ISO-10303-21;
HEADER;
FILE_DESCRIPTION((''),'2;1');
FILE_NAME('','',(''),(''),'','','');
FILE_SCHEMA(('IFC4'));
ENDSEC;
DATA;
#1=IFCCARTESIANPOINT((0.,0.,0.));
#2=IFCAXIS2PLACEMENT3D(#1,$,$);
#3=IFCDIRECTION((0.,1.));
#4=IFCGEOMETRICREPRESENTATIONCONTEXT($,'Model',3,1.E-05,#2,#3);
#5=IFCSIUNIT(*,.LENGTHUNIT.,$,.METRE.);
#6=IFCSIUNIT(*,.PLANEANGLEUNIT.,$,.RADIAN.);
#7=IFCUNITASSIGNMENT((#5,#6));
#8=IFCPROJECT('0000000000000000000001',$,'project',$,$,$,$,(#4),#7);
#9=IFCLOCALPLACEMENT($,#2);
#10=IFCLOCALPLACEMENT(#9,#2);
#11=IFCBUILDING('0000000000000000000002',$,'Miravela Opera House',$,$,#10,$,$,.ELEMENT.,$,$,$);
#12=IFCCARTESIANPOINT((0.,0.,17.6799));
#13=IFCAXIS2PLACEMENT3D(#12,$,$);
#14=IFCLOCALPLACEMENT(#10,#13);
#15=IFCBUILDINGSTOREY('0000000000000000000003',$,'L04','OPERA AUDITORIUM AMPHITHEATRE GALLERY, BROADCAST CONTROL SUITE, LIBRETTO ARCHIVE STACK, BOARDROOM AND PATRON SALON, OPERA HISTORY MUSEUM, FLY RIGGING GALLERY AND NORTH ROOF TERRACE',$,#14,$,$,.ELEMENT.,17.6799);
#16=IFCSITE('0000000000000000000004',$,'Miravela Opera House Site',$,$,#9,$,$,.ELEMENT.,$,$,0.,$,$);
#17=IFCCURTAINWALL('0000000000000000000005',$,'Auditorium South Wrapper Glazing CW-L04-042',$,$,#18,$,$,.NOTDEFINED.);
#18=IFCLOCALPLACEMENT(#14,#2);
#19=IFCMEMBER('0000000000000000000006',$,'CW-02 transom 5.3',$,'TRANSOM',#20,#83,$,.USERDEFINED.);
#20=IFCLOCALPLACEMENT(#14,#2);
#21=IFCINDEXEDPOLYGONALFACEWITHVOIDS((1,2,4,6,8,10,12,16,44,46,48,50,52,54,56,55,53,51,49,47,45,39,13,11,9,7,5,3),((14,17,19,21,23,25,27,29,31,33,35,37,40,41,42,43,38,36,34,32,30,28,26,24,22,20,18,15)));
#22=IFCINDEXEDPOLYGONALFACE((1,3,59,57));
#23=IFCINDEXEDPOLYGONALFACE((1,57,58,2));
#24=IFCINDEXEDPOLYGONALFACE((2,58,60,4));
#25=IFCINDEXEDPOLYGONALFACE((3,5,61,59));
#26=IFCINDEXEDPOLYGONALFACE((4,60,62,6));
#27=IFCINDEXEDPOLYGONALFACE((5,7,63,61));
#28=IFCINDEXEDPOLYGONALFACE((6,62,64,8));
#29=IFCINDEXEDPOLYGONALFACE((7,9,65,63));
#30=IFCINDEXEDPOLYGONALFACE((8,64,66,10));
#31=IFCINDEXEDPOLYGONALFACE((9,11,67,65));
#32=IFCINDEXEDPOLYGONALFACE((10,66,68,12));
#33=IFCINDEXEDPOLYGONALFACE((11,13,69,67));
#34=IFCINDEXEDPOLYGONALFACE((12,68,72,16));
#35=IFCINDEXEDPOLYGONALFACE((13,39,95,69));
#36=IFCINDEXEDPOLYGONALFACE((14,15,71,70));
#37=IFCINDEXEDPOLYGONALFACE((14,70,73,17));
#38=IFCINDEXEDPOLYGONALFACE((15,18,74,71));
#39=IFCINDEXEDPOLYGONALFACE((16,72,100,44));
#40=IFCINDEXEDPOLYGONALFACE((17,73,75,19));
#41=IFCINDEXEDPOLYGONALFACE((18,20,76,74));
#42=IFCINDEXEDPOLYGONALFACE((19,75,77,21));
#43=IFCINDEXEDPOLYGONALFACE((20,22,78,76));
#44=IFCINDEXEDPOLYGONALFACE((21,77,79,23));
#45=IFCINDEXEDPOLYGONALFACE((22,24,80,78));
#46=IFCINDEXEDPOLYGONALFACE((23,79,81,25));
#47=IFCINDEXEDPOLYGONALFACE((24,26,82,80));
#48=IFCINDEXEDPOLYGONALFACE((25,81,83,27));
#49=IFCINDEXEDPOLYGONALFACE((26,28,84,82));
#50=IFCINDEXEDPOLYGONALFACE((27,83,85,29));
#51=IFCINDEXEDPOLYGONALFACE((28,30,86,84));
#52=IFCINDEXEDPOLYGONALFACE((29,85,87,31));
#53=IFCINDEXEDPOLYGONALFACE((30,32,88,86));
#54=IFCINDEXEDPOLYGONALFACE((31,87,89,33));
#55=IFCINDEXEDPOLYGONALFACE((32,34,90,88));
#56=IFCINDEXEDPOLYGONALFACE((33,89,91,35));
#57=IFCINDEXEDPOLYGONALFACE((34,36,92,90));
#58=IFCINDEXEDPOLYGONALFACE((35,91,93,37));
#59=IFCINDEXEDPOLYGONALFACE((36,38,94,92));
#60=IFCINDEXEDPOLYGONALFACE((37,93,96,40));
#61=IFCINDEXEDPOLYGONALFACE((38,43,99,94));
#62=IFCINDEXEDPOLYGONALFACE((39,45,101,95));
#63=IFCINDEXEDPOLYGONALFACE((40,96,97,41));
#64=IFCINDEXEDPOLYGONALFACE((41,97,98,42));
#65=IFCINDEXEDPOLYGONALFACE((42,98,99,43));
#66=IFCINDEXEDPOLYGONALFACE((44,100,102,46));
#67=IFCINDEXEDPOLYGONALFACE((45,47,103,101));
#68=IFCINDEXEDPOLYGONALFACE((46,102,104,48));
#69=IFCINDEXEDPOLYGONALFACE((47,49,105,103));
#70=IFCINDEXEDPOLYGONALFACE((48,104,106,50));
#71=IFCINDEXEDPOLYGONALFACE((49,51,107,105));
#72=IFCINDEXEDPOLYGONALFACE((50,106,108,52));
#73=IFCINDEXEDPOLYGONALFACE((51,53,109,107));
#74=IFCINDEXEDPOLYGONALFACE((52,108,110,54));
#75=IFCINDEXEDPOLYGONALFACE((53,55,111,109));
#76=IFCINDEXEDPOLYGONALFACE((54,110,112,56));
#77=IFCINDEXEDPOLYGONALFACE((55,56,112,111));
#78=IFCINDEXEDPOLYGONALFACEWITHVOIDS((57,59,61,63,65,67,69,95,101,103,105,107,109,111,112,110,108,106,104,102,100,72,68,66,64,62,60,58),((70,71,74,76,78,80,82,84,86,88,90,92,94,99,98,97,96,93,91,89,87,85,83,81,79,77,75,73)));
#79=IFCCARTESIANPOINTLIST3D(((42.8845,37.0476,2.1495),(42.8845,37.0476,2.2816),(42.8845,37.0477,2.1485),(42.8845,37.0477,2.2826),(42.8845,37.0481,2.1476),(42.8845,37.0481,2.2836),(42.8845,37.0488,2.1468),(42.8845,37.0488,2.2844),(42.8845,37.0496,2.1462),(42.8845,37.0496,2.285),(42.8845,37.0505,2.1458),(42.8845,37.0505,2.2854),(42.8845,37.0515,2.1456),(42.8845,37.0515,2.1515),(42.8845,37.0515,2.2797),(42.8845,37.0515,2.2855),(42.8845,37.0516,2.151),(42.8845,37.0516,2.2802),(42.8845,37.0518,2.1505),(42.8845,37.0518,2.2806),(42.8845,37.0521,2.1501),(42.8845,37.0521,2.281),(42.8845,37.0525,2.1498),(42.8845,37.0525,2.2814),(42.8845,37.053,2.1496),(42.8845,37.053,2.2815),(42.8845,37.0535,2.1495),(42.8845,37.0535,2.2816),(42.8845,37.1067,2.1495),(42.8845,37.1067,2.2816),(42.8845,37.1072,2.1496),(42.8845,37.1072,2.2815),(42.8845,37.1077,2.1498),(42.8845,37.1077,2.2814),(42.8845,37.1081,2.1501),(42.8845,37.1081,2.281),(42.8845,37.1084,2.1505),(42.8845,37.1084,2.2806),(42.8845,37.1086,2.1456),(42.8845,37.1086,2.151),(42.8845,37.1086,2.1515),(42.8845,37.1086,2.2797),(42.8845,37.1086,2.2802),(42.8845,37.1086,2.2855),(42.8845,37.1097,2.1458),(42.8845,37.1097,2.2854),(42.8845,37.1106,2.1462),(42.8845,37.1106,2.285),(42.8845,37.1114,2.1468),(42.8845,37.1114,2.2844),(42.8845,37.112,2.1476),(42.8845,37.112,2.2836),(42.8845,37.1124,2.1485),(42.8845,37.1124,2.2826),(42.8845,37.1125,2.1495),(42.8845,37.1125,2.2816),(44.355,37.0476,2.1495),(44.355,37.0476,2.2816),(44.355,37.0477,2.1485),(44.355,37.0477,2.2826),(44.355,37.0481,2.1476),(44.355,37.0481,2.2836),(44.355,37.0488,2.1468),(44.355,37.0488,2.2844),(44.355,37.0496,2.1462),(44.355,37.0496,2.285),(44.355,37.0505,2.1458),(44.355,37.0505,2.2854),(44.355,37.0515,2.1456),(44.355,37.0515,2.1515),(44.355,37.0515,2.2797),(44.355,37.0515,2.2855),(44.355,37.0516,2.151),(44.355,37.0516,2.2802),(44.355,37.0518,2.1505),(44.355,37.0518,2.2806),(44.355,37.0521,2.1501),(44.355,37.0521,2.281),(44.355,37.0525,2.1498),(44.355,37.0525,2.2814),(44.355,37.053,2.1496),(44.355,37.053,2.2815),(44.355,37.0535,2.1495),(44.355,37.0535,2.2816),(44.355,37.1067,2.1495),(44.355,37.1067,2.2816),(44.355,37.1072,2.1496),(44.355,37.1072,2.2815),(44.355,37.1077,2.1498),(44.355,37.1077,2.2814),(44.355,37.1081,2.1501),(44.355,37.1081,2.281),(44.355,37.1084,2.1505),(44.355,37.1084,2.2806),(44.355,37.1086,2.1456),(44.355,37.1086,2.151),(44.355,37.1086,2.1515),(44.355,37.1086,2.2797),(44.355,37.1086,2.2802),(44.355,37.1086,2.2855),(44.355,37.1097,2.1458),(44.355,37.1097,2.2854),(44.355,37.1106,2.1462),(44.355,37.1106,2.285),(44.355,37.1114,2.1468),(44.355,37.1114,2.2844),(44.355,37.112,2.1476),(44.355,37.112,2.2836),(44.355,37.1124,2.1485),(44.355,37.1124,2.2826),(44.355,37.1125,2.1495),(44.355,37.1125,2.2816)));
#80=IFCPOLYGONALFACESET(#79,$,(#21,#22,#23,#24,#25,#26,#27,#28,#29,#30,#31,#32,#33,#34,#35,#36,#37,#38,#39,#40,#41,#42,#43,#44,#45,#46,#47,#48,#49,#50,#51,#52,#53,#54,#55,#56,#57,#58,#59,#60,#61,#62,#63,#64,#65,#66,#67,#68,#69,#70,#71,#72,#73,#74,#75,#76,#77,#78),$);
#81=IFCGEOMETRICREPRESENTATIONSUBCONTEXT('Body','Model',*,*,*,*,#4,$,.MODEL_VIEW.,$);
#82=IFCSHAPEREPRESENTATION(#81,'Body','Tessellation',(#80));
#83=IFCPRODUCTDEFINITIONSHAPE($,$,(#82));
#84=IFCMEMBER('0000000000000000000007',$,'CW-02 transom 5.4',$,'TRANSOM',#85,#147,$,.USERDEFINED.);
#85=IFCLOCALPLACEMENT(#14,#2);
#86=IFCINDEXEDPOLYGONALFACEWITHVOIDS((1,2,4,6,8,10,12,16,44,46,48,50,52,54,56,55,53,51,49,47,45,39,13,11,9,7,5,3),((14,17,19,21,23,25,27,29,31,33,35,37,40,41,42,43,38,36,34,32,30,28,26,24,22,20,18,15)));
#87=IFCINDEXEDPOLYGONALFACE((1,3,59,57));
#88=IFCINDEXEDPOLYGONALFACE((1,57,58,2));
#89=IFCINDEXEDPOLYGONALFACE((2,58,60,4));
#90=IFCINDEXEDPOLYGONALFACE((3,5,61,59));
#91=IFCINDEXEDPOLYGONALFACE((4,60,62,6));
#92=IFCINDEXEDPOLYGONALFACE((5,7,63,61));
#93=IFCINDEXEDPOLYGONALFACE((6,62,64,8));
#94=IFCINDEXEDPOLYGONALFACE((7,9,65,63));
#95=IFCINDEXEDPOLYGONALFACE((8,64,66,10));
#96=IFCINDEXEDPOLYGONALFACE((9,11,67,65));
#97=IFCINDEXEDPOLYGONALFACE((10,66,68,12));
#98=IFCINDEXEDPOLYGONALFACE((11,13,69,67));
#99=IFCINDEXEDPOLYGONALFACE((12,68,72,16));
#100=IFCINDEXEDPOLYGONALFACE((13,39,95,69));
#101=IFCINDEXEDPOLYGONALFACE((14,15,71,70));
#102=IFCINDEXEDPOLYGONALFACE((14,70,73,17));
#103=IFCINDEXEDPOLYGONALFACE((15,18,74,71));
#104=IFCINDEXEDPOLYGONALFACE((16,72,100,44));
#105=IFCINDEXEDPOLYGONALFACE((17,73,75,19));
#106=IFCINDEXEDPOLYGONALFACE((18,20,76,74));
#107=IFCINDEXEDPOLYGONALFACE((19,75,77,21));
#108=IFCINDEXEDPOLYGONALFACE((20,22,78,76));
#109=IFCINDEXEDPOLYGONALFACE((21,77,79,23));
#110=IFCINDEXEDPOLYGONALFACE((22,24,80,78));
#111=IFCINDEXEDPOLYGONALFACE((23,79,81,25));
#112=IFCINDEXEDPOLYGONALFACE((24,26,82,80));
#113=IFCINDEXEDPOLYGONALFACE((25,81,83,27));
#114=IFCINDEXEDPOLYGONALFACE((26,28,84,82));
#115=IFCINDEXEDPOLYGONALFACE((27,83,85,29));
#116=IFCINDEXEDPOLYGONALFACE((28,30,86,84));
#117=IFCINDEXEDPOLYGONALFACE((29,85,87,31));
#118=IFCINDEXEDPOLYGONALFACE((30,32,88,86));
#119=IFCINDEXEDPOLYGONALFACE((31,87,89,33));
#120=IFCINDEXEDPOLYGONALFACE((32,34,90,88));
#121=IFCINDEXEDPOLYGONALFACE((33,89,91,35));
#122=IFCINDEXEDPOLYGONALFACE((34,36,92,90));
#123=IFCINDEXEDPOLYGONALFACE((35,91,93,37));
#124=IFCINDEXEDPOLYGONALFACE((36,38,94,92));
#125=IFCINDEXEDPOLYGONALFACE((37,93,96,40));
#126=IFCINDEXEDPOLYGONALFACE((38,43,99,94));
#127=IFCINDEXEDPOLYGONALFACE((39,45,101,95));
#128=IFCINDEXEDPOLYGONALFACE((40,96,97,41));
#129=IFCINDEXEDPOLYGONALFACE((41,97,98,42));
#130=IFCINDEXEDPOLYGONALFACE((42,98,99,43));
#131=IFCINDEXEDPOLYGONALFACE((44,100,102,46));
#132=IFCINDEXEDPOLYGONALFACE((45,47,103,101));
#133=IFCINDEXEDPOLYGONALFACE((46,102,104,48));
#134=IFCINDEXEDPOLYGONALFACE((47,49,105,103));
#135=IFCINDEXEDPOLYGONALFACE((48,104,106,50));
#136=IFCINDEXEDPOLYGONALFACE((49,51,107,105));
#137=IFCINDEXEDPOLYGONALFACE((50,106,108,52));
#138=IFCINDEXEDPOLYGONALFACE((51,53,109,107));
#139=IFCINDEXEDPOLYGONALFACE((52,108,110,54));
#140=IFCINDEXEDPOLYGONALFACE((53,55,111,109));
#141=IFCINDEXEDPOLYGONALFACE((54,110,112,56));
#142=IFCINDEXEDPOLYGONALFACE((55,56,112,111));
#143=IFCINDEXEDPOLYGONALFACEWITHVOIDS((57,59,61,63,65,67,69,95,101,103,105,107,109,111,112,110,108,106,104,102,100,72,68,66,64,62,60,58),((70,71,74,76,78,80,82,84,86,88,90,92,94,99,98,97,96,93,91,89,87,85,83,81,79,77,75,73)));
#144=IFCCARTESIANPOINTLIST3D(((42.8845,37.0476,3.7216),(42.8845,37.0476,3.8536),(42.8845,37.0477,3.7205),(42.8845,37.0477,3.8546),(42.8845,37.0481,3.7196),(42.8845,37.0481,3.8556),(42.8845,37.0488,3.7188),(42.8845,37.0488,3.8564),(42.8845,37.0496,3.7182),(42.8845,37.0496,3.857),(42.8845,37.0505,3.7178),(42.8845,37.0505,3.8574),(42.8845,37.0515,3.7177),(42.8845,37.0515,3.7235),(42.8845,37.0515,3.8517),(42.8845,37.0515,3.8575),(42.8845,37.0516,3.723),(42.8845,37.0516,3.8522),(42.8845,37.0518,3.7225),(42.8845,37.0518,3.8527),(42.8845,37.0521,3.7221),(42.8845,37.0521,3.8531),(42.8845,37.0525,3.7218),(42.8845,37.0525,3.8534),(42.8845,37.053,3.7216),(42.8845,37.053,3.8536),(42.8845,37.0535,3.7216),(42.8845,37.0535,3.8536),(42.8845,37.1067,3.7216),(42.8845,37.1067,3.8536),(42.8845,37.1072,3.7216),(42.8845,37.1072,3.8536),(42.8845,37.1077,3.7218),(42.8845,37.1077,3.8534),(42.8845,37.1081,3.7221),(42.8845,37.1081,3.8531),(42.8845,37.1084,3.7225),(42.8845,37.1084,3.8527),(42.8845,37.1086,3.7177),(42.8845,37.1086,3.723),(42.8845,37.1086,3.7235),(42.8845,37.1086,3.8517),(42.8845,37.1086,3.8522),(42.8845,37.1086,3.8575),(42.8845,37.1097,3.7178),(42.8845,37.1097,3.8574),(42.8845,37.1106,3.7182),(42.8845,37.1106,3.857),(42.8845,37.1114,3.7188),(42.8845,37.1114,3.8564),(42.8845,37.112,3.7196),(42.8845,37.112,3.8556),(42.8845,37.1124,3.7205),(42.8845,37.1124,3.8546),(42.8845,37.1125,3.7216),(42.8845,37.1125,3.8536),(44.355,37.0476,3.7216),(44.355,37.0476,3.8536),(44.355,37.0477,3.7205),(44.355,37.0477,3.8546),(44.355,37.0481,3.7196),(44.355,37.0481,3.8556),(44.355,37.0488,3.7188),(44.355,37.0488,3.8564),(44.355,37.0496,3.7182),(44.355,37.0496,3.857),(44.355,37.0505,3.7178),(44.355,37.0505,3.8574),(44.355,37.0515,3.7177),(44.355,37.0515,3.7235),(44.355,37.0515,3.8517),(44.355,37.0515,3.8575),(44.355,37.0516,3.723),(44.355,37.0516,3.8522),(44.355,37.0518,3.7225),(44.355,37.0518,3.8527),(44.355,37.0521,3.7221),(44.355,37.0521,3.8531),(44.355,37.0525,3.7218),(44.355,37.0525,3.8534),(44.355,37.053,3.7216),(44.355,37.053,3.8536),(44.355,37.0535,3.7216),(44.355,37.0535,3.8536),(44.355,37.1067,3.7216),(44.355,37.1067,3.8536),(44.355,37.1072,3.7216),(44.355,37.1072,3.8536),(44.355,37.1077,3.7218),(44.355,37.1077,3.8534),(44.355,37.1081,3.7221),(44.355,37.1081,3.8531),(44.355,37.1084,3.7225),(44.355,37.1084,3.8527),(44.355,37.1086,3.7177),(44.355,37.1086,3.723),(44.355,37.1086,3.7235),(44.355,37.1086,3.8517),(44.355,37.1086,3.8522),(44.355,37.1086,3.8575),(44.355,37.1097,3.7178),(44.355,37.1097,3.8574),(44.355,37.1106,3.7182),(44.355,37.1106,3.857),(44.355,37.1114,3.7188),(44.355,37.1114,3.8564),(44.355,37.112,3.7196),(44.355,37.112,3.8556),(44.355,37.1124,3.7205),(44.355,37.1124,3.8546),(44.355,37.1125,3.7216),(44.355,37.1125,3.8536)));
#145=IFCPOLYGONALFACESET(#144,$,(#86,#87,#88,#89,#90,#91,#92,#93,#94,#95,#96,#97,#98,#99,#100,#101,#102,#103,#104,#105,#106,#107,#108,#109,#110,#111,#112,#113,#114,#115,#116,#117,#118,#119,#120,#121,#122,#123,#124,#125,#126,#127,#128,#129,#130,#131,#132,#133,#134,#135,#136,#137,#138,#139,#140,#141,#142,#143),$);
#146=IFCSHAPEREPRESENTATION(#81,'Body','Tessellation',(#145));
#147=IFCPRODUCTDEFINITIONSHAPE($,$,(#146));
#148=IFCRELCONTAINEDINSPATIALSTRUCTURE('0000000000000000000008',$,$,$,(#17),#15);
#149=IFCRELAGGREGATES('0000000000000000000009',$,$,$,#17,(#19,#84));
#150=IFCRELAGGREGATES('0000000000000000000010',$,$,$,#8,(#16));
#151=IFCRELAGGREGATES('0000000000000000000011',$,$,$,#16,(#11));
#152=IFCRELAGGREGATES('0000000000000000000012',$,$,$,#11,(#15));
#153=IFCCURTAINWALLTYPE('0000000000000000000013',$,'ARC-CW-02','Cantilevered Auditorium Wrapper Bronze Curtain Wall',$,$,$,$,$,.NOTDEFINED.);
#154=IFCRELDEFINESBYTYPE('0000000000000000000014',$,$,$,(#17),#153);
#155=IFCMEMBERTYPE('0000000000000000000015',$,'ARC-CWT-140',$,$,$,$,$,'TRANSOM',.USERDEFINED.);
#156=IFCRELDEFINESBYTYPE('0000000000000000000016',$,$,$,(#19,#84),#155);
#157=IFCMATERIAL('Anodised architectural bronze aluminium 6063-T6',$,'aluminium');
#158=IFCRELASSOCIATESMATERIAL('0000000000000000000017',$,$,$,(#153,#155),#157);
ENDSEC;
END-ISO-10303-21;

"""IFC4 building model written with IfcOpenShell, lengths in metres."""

from ifc_helpers import new_model, si_unit, direction, frame, origin, origin_2d, place, context, subcontext, project, spatial, hollow_rectangle, extrude, material, material_profile, profile_set, type_object, element, aggregate, save


model = new_model("IFC4")

# Units and contexts
model_context = context("Model", 3, precision=1e-05, world=origin(), true_north=direction((0.0, 1.0)))
body_context = subcontext(model_context, "Body", "Model", "MODEL_VIEW")
ifc_project = project(units=[si_unit("LENGTHUNIT", "METRE"), si_unit("PLANEANGLEUNIT", "RADIAN")], contexts=[model_context])

# Site, building, storey
site_placement = place(None, origin())
site = spatial("IfcSite", under=ifc_project, at=site_placement, Name="Miravela Opera House Site", CompositionType="ELEMENT", RefElevation=0.0)
building_placement = place(site_placement, origin())
building = spatial("IfcBuilding", under=site, at=building_placement, Name="Miravela Opera House", CompositionType="ELEMENT")
storey_placement = place(building_placement, frame((0.0, 0.0, 17.6799)))
storey = spatial("IfcBuildingStorey", under=building, at=storey_placement, Name="L04", Description="OPERA AUDITORIUM AMPHITHEATRE GALLERY, BROADCAST CONTROL SUITE, LIBRETTO ARCHIVE STACK, BOARDROOM AND PATRON SALON, OPERA HISTORY MUSEUM, FLY RIGGING GALLERY AND NORTH ROOF TERRACE", CompositionType="ELEMENT", Elevation=17.6799)

# Curtain wall
ifc_material_1 = material(Name="Anodised architectural bronze aluminium 6063-T6", Category="aluminium")
curtain_wall_type = type_object("IfcCurtainWallType", Name="ARC-CW-02", Description="Cantilevered Auditorium Wrapper Bronze Curtain Wall", PredefinedType="NOTDEFINED", material=ifc_material_1)
curtain_wall_1_placement = place(storey_placement, origin())
curtain_wall_1 = element("IfcCurtainWall", 1, at=curtain_wall_1_placement, inside=storey, type_object=curtain_wall_type, Name="Auditorium South Wrapper Glazing CW-L04-042", PredefinedType="NOTDEFINED")

# Members
ifc_material_profile_1 = material_profile(ifc_material_1, hollow_rectangle(XDim=0.0649, YDim=0.1399, WallThickness=0.0039, InnerFilletRadius=0.002, OuterFilletRadius=0.0039, at=origin_2d()), Name="CWT-65X140")
ifc_profile_set_1 = profile_set([ifc_material_profile_1])
member_type_1 = type_object("IfcMemberType", Name="ARC-CWT-140", ElementType="TRANSOM", PredefinedType="USERDEFINED", material=ifc_profile_set_1)
member_1_placement = place(storey_placement, frame((42.8845, 37.0801, 2.2156), z_axis=(1.0, 0.0, 0.0), x_axis=(0.0, 1.0, 0.0)))
member_1 = element("IfcMember", 2, at=member_1_placement, type_object=member_type_1, Name="CW-02 transom 5.3", ObjectType="TRANSOM", PredefinedType="USERDEFINED", context=body_context, shape_type="SweptSolid", body=[
    extrude(hollow_rectangle(XDim=0.0649, YDim=0.1399, WallThickness=0.0039, InnerFilletRadius=0.002, OuterFilletRadius=0.0039, at=origin_2d()), origin(), (0.0, 0.0, 1.0), 1.4705),
])
member_2_placement = place(storey_placement, frame((42.8845, 37.0801, 3.7876), z_axis=(1.0, 0.0, 0.0), x_axis=(0.0, 1.0, 0.0)))
member_2 = element("IfcMember", 3, at=member_2_placement, type_object=member_type_1, Name="CW-02 transom 5.4", ObjectType="TRANSOM", PredefinedType="USERDEFINED", context=body_context, shape_type="SweptSolid", body=[
    extrude(hollow_rectangle(XDim=0.0649, YDim=0.1399, WallThickness=0.0039, InnerFilletRadius=0.002, OuterFilletRadius=0.0039, at=origin_2d()), origin(), (0.0, 0.0, 1.0), 1.4705),
])

aggregate(curtain_wall_1, [member_1, member_2])

save(model, "model.ifc")
